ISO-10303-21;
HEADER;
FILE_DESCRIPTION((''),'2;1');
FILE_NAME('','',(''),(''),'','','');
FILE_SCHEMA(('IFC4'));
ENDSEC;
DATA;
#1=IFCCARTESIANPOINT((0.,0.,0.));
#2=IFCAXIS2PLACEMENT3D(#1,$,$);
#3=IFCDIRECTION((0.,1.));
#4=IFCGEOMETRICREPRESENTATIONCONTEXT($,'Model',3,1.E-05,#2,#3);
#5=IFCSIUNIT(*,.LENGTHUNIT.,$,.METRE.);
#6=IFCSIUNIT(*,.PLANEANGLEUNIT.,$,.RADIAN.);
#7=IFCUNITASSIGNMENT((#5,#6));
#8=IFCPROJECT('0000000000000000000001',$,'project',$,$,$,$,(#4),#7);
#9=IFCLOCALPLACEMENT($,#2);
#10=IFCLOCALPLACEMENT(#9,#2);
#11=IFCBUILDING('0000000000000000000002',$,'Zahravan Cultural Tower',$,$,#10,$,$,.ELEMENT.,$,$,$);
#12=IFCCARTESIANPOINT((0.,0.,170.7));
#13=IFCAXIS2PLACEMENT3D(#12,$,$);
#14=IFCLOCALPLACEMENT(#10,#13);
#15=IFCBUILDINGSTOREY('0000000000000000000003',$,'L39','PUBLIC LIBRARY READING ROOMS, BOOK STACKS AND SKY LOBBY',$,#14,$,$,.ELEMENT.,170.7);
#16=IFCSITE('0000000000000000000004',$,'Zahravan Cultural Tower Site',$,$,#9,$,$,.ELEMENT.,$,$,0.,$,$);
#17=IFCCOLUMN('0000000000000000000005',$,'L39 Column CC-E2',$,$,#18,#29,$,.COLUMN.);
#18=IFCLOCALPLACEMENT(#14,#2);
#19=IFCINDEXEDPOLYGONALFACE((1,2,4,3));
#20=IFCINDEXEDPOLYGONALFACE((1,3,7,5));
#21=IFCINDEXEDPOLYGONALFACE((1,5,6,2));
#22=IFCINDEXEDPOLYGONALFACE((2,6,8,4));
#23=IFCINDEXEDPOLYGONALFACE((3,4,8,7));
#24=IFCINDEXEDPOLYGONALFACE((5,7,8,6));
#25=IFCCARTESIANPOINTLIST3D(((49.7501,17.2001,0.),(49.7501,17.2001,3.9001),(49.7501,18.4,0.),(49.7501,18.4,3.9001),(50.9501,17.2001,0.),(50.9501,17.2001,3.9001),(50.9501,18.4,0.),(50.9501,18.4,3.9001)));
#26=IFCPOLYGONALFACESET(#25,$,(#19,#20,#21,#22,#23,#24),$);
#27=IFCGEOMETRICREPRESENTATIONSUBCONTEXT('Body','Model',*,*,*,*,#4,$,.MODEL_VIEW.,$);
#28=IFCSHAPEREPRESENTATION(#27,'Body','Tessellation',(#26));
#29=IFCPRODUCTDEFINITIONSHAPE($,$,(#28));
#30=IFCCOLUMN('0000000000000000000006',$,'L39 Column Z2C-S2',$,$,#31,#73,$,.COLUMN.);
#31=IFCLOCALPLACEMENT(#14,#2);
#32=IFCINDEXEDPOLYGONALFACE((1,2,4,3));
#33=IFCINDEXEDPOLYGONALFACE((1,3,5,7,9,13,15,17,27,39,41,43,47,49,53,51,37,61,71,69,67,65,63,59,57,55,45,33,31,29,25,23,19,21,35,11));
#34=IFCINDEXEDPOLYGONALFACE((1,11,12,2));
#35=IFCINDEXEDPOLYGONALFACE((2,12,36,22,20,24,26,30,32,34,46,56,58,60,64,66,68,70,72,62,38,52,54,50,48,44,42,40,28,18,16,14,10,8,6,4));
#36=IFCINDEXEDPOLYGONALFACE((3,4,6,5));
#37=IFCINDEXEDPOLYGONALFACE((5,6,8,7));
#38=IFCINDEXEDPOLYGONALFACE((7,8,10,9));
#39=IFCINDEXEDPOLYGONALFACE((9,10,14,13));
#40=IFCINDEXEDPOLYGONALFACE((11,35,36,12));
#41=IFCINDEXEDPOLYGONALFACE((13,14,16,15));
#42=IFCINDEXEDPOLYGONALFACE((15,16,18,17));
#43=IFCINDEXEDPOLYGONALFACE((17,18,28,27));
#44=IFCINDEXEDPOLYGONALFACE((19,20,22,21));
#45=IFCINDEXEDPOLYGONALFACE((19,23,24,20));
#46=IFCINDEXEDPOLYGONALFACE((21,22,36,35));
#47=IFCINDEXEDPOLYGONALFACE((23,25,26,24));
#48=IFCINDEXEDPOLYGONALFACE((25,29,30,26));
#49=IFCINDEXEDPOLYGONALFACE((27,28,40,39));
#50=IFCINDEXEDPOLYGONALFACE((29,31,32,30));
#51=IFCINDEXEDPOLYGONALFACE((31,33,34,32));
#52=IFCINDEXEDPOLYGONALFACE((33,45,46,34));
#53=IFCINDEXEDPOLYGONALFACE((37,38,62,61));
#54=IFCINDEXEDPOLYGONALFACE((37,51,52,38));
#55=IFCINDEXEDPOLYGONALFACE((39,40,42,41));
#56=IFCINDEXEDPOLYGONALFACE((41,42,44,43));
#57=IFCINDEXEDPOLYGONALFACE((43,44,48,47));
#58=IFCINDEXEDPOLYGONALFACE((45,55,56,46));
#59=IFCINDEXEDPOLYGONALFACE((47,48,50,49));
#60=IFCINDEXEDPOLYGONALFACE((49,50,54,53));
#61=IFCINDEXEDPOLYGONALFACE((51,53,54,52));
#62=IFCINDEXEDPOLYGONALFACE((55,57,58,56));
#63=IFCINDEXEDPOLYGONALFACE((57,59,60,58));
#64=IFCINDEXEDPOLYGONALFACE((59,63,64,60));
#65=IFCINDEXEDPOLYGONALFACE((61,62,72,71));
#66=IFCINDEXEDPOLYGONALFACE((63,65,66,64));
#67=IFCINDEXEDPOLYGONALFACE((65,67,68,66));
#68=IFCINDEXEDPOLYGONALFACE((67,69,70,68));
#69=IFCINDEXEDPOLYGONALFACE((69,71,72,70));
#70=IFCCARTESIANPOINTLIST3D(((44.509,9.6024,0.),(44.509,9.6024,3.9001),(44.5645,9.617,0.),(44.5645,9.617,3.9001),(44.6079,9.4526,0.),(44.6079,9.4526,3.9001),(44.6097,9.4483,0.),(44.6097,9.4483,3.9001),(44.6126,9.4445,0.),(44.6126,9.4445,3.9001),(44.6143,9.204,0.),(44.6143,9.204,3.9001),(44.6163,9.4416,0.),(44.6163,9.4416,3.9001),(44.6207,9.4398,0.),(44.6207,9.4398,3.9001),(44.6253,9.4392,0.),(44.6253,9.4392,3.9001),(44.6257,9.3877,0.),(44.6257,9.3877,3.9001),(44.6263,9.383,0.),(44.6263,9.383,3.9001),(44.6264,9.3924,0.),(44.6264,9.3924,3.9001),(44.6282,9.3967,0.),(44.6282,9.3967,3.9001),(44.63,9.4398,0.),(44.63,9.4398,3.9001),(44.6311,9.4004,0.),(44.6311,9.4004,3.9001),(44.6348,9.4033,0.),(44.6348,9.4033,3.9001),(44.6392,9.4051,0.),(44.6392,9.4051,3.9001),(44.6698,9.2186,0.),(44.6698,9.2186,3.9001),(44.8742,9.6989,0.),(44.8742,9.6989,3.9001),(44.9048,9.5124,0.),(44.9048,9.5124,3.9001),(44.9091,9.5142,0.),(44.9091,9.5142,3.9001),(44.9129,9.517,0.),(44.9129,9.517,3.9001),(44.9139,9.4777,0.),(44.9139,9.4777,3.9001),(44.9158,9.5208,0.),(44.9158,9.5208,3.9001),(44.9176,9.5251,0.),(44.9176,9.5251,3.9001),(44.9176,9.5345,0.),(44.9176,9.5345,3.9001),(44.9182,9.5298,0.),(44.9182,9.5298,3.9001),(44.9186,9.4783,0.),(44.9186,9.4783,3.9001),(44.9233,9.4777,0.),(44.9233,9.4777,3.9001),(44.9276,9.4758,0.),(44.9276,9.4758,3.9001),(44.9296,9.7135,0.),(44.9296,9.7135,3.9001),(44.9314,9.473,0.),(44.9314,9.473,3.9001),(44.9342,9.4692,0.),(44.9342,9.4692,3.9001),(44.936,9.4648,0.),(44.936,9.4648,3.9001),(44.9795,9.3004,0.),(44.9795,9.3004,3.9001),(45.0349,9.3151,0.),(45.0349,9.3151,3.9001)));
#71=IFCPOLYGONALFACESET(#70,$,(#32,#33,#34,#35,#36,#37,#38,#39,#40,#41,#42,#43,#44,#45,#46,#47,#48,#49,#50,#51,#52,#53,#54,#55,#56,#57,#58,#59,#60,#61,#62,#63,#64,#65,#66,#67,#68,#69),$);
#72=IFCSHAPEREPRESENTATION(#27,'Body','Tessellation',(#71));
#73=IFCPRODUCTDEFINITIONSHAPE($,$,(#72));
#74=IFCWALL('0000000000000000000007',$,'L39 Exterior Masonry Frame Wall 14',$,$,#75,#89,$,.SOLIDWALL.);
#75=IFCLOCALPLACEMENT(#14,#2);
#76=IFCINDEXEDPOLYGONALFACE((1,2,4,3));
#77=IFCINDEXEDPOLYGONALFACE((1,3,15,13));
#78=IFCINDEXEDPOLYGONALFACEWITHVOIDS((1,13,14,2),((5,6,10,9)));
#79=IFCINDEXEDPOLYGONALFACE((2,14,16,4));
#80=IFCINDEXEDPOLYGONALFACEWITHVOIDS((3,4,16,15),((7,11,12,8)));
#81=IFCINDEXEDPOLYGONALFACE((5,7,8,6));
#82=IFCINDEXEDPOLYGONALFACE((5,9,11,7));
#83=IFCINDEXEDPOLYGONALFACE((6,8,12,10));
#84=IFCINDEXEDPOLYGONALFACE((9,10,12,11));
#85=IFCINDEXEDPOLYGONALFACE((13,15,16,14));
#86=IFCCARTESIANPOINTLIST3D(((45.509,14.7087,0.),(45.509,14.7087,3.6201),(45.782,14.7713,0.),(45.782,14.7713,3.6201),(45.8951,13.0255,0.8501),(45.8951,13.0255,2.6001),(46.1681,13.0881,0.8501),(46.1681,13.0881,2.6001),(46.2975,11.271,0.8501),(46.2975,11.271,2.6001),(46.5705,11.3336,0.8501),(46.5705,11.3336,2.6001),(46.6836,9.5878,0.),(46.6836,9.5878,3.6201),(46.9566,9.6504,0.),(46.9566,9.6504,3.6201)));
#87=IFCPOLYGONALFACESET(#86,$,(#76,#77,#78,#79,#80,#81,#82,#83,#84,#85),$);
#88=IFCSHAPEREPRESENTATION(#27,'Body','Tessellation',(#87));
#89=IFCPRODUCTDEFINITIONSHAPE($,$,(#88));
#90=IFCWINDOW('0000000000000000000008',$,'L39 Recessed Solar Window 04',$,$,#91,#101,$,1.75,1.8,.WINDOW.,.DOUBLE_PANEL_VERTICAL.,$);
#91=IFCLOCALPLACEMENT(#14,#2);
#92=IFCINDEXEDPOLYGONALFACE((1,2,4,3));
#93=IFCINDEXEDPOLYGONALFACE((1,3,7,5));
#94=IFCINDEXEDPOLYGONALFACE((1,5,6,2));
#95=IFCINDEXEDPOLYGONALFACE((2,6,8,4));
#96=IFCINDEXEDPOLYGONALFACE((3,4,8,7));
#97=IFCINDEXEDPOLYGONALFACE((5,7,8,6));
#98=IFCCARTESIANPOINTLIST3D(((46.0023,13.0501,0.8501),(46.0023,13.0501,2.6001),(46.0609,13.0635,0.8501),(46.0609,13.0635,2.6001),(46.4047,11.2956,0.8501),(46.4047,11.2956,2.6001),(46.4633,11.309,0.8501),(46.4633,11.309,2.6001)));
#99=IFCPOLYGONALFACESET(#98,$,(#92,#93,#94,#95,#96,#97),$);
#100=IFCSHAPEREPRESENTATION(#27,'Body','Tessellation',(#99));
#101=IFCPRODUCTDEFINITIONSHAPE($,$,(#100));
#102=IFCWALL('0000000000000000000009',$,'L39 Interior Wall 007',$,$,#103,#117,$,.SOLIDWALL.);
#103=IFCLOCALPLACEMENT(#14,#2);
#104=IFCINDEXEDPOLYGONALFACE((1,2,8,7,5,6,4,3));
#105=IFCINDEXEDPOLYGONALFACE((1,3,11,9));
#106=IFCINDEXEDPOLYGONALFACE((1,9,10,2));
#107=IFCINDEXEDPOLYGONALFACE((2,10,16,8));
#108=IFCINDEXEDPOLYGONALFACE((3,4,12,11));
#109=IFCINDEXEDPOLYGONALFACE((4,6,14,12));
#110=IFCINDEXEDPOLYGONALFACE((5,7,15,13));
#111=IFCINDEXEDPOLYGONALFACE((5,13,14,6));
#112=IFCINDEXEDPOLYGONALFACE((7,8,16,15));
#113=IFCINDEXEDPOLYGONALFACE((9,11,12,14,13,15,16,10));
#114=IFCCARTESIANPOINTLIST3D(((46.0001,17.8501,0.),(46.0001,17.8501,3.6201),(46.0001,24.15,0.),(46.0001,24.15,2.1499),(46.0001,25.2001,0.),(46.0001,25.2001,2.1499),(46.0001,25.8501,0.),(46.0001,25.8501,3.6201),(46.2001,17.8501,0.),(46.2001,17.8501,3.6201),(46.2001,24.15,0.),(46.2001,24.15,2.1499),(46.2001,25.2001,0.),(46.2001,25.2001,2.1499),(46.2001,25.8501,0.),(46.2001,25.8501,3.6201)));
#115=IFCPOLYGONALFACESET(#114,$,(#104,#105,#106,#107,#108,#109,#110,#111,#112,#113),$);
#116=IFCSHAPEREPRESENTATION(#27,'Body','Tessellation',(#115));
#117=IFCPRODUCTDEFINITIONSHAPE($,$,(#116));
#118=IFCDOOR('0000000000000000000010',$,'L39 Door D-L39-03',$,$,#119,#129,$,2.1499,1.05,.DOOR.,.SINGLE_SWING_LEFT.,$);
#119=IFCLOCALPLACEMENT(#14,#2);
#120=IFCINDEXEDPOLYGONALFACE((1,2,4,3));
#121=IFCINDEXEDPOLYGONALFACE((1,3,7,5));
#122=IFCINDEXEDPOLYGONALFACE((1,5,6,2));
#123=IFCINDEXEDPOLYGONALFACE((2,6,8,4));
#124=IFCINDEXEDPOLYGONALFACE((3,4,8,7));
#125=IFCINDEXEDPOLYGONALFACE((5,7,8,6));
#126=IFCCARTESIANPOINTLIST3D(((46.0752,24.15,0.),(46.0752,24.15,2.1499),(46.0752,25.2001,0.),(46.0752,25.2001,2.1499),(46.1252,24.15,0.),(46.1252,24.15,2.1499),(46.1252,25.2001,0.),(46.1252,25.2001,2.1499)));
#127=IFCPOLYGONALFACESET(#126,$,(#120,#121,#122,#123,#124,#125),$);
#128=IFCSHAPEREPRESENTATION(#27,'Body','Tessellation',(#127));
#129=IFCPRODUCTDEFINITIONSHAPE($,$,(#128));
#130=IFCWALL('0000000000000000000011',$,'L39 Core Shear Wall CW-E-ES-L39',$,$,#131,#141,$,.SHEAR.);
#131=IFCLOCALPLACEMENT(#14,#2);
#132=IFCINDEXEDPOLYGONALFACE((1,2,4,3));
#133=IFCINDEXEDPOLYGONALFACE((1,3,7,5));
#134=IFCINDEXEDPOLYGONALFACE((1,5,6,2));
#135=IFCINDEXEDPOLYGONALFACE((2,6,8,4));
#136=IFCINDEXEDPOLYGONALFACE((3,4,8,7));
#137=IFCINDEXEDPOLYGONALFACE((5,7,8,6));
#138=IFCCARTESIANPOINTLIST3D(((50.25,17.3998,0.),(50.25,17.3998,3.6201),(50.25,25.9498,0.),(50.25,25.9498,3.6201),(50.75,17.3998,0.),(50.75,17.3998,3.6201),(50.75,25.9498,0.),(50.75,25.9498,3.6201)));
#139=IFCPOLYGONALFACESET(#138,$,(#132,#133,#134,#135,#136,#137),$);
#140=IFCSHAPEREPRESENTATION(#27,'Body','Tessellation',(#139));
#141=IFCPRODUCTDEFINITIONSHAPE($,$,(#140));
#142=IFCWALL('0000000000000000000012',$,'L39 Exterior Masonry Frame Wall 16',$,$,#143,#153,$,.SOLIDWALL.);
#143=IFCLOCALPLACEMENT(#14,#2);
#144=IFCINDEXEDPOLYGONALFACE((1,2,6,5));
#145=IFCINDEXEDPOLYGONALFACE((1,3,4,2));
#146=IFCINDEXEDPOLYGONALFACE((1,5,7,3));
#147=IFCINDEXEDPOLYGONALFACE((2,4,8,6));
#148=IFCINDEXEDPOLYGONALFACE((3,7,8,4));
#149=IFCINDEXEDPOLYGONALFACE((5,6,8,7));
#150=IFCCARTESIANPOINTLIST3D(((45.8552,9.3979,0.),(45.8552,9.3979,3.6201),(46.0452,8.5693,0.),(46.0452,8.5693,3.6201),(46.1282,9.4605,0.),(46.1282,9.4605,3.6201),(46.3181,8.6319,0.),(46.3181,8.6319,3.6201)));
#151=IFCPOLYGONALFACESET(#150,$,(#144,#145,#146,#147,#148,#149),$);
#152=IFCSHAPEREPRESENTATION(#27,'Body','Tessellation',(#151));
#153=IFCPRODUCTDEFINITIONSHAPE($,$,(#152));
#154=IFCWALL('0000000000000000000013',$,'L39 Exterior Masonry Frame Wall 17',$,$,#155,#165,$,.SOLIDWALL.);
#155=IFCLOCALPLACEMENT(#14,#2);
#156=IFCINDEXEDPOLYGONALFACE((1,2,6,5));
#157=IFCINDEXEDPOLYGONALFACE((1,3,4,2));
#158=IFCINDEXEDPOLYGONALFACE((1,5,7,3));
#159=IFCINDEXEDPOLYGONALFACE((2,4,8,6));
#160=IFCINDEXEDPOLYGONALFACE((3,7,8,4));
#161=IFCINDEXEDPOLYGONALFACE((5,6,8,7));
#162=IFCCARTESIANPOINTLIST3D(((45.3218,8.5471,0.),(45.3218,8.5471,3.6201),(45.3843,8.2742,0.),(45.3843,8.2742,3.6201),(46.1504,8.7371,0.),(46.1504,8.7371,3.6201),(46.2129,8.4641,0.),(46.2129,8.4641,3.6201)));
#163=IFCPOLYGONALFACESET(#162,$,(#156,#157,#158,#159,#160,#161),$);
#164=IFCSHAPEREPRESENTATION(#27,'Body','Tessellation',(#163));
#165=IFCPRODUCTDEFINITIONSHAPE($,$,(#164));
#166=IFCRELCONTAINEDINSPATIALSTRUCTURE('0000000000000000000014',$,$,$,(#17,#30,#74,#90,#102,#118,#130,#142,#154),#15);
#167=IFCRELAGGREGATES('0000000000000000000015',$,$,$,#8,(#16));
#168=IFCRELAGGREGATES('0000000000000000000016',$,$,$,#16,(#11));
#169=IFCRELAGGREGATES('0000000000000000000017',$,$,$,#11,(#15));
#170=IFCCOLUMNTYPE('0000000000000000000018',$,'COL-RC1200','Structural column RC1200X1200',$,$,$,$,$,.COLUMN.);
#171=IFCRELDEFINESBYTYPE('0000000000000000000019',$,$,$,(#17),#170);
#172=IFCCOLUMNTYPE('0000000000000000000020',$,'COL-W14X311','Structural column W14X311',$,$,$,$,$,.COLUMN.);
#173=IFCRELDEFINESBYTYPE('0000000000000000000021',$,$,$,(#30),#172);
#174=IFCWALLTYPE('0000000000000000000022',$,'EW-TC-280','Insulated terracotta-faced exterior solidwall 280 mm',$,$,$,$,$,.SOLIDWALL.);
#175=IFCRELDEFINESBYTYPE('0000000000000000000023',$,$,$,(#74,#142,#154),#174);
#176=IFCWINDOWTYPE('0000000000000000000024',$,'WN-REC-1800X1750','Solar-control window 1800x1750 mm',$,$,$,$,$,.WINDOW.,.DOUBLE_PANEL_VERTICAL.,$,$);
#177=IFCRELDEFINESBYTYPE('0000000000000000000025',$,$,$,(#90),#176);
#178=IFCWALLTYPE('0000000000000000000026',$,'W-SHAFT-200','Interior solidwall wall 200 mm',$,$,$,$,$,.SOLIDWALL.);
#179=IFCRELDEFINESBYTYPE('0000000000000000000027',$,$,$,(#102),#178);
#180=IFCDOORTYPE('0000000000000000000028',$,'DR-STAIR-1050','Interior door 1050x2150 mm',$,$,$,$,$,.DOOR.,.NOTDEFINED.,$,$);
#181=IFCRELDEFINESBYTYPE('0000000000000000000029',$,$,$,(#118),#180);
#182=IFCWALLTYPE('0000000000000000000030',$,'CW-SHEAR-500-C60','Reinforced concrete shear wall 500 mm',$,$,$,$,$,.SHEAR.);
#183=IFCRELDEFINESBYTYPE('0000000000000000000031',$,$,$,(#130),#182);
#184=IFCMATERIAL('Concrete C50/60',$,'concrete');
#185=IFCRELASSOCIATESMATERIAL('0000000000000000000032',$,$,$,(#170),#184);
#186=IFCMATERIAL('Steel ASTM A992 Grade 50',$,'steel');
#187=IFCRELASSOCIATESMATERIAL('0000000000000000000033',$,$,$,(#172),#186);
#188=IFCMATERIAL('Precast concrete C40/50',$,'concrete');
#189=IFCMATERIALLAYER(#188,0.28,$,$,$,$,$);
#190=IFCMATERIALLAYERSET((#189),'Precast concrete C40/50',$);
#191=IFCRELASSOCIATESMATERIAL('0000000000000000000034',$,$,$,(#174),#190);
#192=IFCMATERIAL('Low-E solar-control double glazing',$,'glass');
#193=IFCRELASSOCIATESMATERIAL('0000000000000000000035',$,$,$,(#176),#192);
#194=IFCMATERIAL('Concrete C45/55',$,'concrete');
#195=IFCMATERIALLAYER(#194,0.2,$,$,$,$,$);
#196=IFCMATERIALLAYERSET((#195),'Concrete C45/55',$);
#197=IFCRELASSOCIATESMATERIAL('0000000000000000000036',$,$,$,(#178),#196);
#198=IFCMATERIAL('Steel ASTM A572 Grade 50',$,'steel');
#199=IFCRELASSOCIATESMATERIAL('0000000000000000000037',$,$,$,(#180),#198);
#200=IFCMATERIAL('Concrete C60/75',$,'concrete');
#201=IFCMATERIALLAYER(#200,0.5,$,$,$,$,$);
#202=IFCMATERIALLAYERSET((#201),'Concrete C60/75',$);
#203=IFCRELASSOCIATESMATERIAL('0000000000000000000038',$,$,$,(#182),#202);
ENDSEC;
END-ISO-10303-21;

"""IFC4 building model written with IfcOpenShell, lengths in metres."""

from ifc_helpers import new_model, si_unit, direction, frame, frame_2d, origin, origin_2d, place, context, subcontext, project, spatial, rectangle, i_section, extrude, source, transform, mapped, material, layer, layer_set, material_profile, profile_set, type_object, element, fill, save


model = new_model("IFC4")

# Units and contexts
model_context = context("Model", 3, precision=1e-05, world=origin(), true_north=direction((0.0, 1.0)))
body_context = subcontext(model_context, "Body", "Model", "MODEL_VIEW")
ifc_project = project(units=[si_unit("LENGTHUNIT", "METRE"), si_unit("PLANEANGLEUNIT", "RADIAN")], contexts=[model_context])

# Site, building, storey
site_placement = place(None, origin())
site = spatial("IfcSite", under=ifc_project, at=site_placement, Name="Zahravan Cultural Tower Site", CompositionType="ELEMENT", RefElevation=0.0)
building_placement = place(site_placement, origin())
building = spatial("IfcBuilding", under=site, at=building_placement, Name="Zahravan Cultural Tower", CompositionType="ELEMENT")
storey_placement = place(building_placement, frame((0.0, 0.0, 170.7)))
storey = spatial("IfcBuildingStorey", under=building, at=storey_placement, Name="L39", Description="PUBLIC LIBRARY READING ROOMS, BOOK STACKS AND SKY LOBBY", CompositionType="ELEMENT", Elevation=170.7)

# Columns
ifc_material_1 = material(Name="Concrete C50/60", Category="concrete")
ifc_material_profile_1 = material_profile(ifc_material_1, rectangle(XDim=1.2, YDim=1.2, at=origin_2d()), Name="RC1200X1200")
ifc_profile_set_1 = profile_set([ifc_material_profile_1], Name="Concrete C50/60")
column_type_1 = type_object("IfcColumnType", Name="COL-RC1200", Description="Structural column RC1200X1200", PredefinedType="COLUMN", material=ifc_profile_set_1)
shared_shape_1 = source(origin(), body_context, "Body", "SweptSolid", [
    extrude(rectangle(XDim=1.2, YDim=1.2, at=origin_2d()), origin(), (0.0, 0.0, 1.0), 3.9001),
])
column_1_placement = place(storey_placement, frame((50.3501, 17.8, 0.0), z_axis=(0.0, 0.0, 1.0), x_axis=(1.0, 0.0, 0.0)))
element("IfcColumn", 1, at=column_1_placement, inside=storey, type_object=column_type_1, Name="L39 Column CC-E2", PredefinedType="COLUMN", context=body_context, shape_type="MappedRepresentation", body=[
    mapped(shared_shape_1, transform((0.0, 0.0, 0.0), x_axis=(1.0, 0.0, 0.0), y_axis=(0.0, 1.0, 0.0), z_axis=(0.0, 0.0, 1.0), scale=1.0)),
])
ifc_material_2 = material(Name="Steel ASTM A992 Grade 50", Category="steel")
ifc_material_profile_2 = material_profile(ifc_material_2, i_section(OverallWidth=0.4121, OverallDepth=0.4351, WebThickness=0.0359, FlangeThickness=0.0574, FilletRadius=0.0181, at=origin_2d()), Name="W14X311")
ifc_profile_set_2 = profile_set([ifc_material_profile_2], Name="Steel ASTM A992 Grade 50")
column_type_2 = type_object("IfcColumnType", Name="COL-W14X311", Description="Structural column W14X311", PredefinedType="COLUMN", material=ifc_profile_set_2)
shared_shape_2 = source(origin(), body_context, "Body", "SweptSolid", [
    extrude(i_section(OverallWidth=0.4121, OverallDepth=0.4351, WebThickness=0.0359, FlangeThickness=0.0574, FilletRadius=0.0181, at=origin_2d()), origin(), (0.0, 0.0, 1.0), 3.9001),
])
column_2_placement = place(storey_placement, frame((44.772, 9.4587, 0.0), z_axis=(0.0, 0.0, 1.0), x_axis=(-0.255446, 0.966823, 0.0)))
element("IfcColumn", 2, at=column_2_placement, inside=storey, type_object=column_type_2, Name="L39 Column Z2C-S2", PredefinedType="COLUMN", context=body_context, shape_type="MappedRepresentation", body=[
    mapped(shared_shape_2, transform((0.0, 0.0, 0.0), x_axis=(1.0, 0.0, 0.0), y_axis=(0.0, 1.0, 0.0), z_axis=(0.0, 0.0, 1.0), scale=1.0)),
])

# Shared definitions
ifc_material_3 = material(Name="Precast concrete C40/50", Category="concrete")
ifc_layer_1 = layer(ifc_material_3, 0.28)
ifc_layer_set_1 = layer_set([ifc_layer_1], Name="Precast concrete C40/50")
wall_type_1 = type_object("IfcWallType", Name="EW-TC-280", Description="Insulated terracotta-faced exterior solidwall 280 mm", PredefinedType="SOLIDWALL", material=ifc_layer_set_1)
shared_shape_3 = source(origin(), body_context, "Body", "SweptSolid", [
    extrude(rectangle(XDim=1.05, YDim=2.1499, at=frame_2d((0.5249, 1.075))), frame((0.0, 0.0249, 0.0), z_axis=(0.0, -1.0, 0.0), x_axis=(1.0, 0.0, 0.0)), (0.0, 0.0, 1.0), 0.05),
])

# Wall, opening, window
wall_1_placement = place(storey_placement, frame((45.6455, 14.74, 0.0), z_axis=(0.0, 0.0, 1.0), x_axis=(0.223563, -0.97469, 0.0)))
wall_1 = element("IfcWall", 3, at=wall_1_placement, inside=storey, type_object=wall_type_1, Name="L39 Exterior Masonry Frame Wall 14", PredefinedType="SOLIDWALL", context=body_context, shape_type="SweptSolid", body=[
    extrude(rectangle(XDim=5.2539, YDim=0.28, at=frame_2d((2.627, 0.0))), origin(), (0.0, 0.0, 1.0), 3.6201),
])
opening_1_placement = place(wall_1_placement, frame((1.7271, 0.0, 0.8501)))
opening_1 = element("IfcOpeningElement", 4, at=opening_1_placement, cuts=wall_1, PredefinedType="OPENING", context=body_context, shape_type="SweptSolid", body=[
    extrude(rectangle(XDim=1.8, YDim=1.75, at=frame_2d((0.8999, 0.875))), frame((0.0, 0.1499, 0.0), z_axis=(0.0, -1.0, 0.0), x_axis=(1.0, 0.0, 0.0)), (0.0, 0.0, 1.0), 0.3),
])
ifc_material_4 = material(Name="Low-E solar-control double glazing", Category="glass")
window_type = type_object("IfcWindowType", Name="WN-REC-1800X1750", Description="Solar-control window 1800x1750 mm", PartitioningType="DOUBLE_PANEL_VERTICAL", PredefinedType="WINDOW", material=ifc_material_4)
shared_shape_4 = source(origin(), body_context, "Body", "SweptSolid", [
    extrude(rectangle(XDim=1.8, YDim=1.75, at=frame_2d((0.8999, 0.875))), frame((0.0, 0.03, 0.0), z_axis=(0.0, -1.0, 0.0), x_axis=(1.0, 0.0, 0.0)), (0.0, 0.0, 1.0), 0.0601),
])
window_placement = place(opening_1_placement, origin())
window = element("IfcWindow", 5, at=window_placement, inside=storey, type_object=window_type, Name="L39 Recessed Solar Window 04", OverallHeight=1.75, OverallWidth=1.8, PartitioningType="DOUBLE_PANEL_VERTICAL", PredefinedType="WINDOW", context=body_context, shape_type="MappedRepresentation", body=[
    mapped(shared_shape_4, transform((0.0, 0.0, 0.0), x_axis=(1.0, 0.0, 0.0), y_axis=(0.0, 1.0, 0.0), z_axis=(0.0, 0.0, 1.0), scale=1.0)),
])
fill(opening_1, window)

# Wall, opening, door
ifc_material_5 = material(Name="Concrete C45/55", Category="concrete")
ifc_layer_2 = layer(ifc_material_5, 0.2)
ifc_layer_set_2 = layer_set([ifc_layer_2], Name="Concrete C45/55")
wall_type_2 = type_object("IfcWallType", Name="W-SHAFT-200", Description="Interior solidwall wall 200 mm", PredefinedType="SOLIDWALL", material=ifc_layer_set_2)
wall_2_placement = place(storey_placement, frame((46.1001, 17.8501, 0.0), z_axis=(0.0, 0.0, 1.0), x_axis=(0.0, 1.0, 0.0)))
wall_2 = element("IfcWall", 6, at=wall_2_placement, inside=storey, type_object=wall_type_2, Name="L39 Interior Wall 007", PredefinedType="SOLIDWALL", context=body_context, shape_type="SweptSolid", body=[
    extrude(rectangle(XDim=8.0, YDim=0.2, at=frame_2d((4.0, 0.0))), origin(), (0.0, 0.0, 1.0), 3.6201),
])
opening_2_placement = place(wall_2_placement, frame((6.3, 0.0, 0.0)))
opening_2 = element("IfcOpeningElement", 7, at=opening_2_placement, cuts=wall_2, PredefinedType="OPENING", context=body_context, shape_type="SweptSolid", body=[
    extrude(rectangle(XDim=1.05, YDim=2.1499, at=frame_2d((0.5249, 1.075))), frame((0.0, 0.1099, 0.0), z_axis=(0.0, -1.0, 0.0), x_axis=(1.0, 0.0, 0.0)), (0.0, 0.0, 1.0), 0.22),
])
ifc_material_6 = material(Name="Steel ASTM A572 Grade 50", Category="steel")
door_type_1 = type_object("IfcDoorType", Name="DR-STAIR-1050", Description="Interior door 1050x2150 mm", OperationType="NOTDEFINED", PredefinedType="DOOR", material=ifc_material_6)
door_1_placement = place(opening_2_placement, origin())
door_1 = element("IfcDoor", 8, at=door_1_placement, inside=storey, type_object=door_type_1, Name="L39 Door D-L39-03", OperationType="SINGLE_SWING_LEFT", OverallHeight=2.1499, OverallWidth=1.05, PredefinedType="DOOR", context=body_context, shape_type="MappedRepresentation", body=[
    mapped(shared_shape_3, transform((0.0, 0.0, 0.0), x_axis=(1.0, 0.0, 0.0), y_axis=(0.0, 1.0, 0.0), z_axis=(0.0, 0.0, 1.0), scale=1.0)),
])
fill(opening_2, door_1)

# Walls
ifc_material_7 = material(Name="Concrete C60/75", Category="concrete")
ifc_layer_3 = layer(ifc_material_7, 0.5)
ifc_layer_set_3 = layer_set([ifc_layer_3], Name="Concrete C60/75")
wall_type_3 = type_object("IfcWallType", Name="CW-SHEAR-500-C60", Description="Reinforced concrete shear wall 500 mm", PredefinedType="SHEAR", material=ifc_layer_set_3)
shared_shape_5 = source(origin(), body_context, "Body", "SweptSolid", [
    extrude(rectangle(XDim=8.55, YDim=0.5, at=frame_2d((4.2749, 0.0))), origin(), (0.0, 0.0, 1.0), 3.6201),
])
wall_3_placement = place(storey_placement, frame((50.5, 17.3999, 0.0), z_axis=(0.0, 0.0, 1.0), x_axis=(0.0, 1.0, 0.0)))
element("IfcWall", 9, at=wall_3_placement, inside=storey, type_object=wall_type_3, Name="L39 Core Shear Wall CW-E-ES-L39", PredefinedType="SHEAR", context=body_context, shape_type="MappedRepresentation", body=[
    mapped(shared_shape_5, transform((0.0, 0.0, 0.0), x_axis=(1.0, 0.0, 0.0), y_axis=(0.0, 1.0, 0.0), z_axis=(0.0, 0.0, 1.0), scale=1.0)),
])
shared_shape_6 = source(origin(), body_context, "Body", "SweptSolid", [
    extrude(rectangle(XDim=0.8501, YDim=0.28, at=frame_2d((0.425, 0.0))), origin(), (0.0, 0.0, 1.0), 3.6201),
])
for number, where, z_axis, x_axis, name in (
    (10, (45.9917, 9.4292, 0.0), (0.0, 0.0, 1.0), (0.223433, -0.974719, 0.0), "L39 Exterior Masonry Frame Wall 16"),
    (11, (46.1816, 8.6006, 0.0), (0.0, 0.0, 1.0), (-0.974719, -0.223433, 0.0), "L39 Exterior Masonry Frame Wall 17"),
):
    element("IfcWall", number, at=place(storey_placement, frame(where, z_axis=z_axis, x_axis=x_axis)), inside=storey, type_object=wall_type_1, Name=name, PredefinedType="SOLIDWALL", context=body_context, shape_type="MappedRepresentation", body=[
        mapped(shared_shape_6, transform((0.0, 0.0, 0.0), x_axis=(1.0, 0.0, 0.0), y_axis=(0.0, 1.0, 0.0), z_axis=(0.0, 0.0, 1.0), scale=1.0)),
    ])

save(model, "model.ifc")
